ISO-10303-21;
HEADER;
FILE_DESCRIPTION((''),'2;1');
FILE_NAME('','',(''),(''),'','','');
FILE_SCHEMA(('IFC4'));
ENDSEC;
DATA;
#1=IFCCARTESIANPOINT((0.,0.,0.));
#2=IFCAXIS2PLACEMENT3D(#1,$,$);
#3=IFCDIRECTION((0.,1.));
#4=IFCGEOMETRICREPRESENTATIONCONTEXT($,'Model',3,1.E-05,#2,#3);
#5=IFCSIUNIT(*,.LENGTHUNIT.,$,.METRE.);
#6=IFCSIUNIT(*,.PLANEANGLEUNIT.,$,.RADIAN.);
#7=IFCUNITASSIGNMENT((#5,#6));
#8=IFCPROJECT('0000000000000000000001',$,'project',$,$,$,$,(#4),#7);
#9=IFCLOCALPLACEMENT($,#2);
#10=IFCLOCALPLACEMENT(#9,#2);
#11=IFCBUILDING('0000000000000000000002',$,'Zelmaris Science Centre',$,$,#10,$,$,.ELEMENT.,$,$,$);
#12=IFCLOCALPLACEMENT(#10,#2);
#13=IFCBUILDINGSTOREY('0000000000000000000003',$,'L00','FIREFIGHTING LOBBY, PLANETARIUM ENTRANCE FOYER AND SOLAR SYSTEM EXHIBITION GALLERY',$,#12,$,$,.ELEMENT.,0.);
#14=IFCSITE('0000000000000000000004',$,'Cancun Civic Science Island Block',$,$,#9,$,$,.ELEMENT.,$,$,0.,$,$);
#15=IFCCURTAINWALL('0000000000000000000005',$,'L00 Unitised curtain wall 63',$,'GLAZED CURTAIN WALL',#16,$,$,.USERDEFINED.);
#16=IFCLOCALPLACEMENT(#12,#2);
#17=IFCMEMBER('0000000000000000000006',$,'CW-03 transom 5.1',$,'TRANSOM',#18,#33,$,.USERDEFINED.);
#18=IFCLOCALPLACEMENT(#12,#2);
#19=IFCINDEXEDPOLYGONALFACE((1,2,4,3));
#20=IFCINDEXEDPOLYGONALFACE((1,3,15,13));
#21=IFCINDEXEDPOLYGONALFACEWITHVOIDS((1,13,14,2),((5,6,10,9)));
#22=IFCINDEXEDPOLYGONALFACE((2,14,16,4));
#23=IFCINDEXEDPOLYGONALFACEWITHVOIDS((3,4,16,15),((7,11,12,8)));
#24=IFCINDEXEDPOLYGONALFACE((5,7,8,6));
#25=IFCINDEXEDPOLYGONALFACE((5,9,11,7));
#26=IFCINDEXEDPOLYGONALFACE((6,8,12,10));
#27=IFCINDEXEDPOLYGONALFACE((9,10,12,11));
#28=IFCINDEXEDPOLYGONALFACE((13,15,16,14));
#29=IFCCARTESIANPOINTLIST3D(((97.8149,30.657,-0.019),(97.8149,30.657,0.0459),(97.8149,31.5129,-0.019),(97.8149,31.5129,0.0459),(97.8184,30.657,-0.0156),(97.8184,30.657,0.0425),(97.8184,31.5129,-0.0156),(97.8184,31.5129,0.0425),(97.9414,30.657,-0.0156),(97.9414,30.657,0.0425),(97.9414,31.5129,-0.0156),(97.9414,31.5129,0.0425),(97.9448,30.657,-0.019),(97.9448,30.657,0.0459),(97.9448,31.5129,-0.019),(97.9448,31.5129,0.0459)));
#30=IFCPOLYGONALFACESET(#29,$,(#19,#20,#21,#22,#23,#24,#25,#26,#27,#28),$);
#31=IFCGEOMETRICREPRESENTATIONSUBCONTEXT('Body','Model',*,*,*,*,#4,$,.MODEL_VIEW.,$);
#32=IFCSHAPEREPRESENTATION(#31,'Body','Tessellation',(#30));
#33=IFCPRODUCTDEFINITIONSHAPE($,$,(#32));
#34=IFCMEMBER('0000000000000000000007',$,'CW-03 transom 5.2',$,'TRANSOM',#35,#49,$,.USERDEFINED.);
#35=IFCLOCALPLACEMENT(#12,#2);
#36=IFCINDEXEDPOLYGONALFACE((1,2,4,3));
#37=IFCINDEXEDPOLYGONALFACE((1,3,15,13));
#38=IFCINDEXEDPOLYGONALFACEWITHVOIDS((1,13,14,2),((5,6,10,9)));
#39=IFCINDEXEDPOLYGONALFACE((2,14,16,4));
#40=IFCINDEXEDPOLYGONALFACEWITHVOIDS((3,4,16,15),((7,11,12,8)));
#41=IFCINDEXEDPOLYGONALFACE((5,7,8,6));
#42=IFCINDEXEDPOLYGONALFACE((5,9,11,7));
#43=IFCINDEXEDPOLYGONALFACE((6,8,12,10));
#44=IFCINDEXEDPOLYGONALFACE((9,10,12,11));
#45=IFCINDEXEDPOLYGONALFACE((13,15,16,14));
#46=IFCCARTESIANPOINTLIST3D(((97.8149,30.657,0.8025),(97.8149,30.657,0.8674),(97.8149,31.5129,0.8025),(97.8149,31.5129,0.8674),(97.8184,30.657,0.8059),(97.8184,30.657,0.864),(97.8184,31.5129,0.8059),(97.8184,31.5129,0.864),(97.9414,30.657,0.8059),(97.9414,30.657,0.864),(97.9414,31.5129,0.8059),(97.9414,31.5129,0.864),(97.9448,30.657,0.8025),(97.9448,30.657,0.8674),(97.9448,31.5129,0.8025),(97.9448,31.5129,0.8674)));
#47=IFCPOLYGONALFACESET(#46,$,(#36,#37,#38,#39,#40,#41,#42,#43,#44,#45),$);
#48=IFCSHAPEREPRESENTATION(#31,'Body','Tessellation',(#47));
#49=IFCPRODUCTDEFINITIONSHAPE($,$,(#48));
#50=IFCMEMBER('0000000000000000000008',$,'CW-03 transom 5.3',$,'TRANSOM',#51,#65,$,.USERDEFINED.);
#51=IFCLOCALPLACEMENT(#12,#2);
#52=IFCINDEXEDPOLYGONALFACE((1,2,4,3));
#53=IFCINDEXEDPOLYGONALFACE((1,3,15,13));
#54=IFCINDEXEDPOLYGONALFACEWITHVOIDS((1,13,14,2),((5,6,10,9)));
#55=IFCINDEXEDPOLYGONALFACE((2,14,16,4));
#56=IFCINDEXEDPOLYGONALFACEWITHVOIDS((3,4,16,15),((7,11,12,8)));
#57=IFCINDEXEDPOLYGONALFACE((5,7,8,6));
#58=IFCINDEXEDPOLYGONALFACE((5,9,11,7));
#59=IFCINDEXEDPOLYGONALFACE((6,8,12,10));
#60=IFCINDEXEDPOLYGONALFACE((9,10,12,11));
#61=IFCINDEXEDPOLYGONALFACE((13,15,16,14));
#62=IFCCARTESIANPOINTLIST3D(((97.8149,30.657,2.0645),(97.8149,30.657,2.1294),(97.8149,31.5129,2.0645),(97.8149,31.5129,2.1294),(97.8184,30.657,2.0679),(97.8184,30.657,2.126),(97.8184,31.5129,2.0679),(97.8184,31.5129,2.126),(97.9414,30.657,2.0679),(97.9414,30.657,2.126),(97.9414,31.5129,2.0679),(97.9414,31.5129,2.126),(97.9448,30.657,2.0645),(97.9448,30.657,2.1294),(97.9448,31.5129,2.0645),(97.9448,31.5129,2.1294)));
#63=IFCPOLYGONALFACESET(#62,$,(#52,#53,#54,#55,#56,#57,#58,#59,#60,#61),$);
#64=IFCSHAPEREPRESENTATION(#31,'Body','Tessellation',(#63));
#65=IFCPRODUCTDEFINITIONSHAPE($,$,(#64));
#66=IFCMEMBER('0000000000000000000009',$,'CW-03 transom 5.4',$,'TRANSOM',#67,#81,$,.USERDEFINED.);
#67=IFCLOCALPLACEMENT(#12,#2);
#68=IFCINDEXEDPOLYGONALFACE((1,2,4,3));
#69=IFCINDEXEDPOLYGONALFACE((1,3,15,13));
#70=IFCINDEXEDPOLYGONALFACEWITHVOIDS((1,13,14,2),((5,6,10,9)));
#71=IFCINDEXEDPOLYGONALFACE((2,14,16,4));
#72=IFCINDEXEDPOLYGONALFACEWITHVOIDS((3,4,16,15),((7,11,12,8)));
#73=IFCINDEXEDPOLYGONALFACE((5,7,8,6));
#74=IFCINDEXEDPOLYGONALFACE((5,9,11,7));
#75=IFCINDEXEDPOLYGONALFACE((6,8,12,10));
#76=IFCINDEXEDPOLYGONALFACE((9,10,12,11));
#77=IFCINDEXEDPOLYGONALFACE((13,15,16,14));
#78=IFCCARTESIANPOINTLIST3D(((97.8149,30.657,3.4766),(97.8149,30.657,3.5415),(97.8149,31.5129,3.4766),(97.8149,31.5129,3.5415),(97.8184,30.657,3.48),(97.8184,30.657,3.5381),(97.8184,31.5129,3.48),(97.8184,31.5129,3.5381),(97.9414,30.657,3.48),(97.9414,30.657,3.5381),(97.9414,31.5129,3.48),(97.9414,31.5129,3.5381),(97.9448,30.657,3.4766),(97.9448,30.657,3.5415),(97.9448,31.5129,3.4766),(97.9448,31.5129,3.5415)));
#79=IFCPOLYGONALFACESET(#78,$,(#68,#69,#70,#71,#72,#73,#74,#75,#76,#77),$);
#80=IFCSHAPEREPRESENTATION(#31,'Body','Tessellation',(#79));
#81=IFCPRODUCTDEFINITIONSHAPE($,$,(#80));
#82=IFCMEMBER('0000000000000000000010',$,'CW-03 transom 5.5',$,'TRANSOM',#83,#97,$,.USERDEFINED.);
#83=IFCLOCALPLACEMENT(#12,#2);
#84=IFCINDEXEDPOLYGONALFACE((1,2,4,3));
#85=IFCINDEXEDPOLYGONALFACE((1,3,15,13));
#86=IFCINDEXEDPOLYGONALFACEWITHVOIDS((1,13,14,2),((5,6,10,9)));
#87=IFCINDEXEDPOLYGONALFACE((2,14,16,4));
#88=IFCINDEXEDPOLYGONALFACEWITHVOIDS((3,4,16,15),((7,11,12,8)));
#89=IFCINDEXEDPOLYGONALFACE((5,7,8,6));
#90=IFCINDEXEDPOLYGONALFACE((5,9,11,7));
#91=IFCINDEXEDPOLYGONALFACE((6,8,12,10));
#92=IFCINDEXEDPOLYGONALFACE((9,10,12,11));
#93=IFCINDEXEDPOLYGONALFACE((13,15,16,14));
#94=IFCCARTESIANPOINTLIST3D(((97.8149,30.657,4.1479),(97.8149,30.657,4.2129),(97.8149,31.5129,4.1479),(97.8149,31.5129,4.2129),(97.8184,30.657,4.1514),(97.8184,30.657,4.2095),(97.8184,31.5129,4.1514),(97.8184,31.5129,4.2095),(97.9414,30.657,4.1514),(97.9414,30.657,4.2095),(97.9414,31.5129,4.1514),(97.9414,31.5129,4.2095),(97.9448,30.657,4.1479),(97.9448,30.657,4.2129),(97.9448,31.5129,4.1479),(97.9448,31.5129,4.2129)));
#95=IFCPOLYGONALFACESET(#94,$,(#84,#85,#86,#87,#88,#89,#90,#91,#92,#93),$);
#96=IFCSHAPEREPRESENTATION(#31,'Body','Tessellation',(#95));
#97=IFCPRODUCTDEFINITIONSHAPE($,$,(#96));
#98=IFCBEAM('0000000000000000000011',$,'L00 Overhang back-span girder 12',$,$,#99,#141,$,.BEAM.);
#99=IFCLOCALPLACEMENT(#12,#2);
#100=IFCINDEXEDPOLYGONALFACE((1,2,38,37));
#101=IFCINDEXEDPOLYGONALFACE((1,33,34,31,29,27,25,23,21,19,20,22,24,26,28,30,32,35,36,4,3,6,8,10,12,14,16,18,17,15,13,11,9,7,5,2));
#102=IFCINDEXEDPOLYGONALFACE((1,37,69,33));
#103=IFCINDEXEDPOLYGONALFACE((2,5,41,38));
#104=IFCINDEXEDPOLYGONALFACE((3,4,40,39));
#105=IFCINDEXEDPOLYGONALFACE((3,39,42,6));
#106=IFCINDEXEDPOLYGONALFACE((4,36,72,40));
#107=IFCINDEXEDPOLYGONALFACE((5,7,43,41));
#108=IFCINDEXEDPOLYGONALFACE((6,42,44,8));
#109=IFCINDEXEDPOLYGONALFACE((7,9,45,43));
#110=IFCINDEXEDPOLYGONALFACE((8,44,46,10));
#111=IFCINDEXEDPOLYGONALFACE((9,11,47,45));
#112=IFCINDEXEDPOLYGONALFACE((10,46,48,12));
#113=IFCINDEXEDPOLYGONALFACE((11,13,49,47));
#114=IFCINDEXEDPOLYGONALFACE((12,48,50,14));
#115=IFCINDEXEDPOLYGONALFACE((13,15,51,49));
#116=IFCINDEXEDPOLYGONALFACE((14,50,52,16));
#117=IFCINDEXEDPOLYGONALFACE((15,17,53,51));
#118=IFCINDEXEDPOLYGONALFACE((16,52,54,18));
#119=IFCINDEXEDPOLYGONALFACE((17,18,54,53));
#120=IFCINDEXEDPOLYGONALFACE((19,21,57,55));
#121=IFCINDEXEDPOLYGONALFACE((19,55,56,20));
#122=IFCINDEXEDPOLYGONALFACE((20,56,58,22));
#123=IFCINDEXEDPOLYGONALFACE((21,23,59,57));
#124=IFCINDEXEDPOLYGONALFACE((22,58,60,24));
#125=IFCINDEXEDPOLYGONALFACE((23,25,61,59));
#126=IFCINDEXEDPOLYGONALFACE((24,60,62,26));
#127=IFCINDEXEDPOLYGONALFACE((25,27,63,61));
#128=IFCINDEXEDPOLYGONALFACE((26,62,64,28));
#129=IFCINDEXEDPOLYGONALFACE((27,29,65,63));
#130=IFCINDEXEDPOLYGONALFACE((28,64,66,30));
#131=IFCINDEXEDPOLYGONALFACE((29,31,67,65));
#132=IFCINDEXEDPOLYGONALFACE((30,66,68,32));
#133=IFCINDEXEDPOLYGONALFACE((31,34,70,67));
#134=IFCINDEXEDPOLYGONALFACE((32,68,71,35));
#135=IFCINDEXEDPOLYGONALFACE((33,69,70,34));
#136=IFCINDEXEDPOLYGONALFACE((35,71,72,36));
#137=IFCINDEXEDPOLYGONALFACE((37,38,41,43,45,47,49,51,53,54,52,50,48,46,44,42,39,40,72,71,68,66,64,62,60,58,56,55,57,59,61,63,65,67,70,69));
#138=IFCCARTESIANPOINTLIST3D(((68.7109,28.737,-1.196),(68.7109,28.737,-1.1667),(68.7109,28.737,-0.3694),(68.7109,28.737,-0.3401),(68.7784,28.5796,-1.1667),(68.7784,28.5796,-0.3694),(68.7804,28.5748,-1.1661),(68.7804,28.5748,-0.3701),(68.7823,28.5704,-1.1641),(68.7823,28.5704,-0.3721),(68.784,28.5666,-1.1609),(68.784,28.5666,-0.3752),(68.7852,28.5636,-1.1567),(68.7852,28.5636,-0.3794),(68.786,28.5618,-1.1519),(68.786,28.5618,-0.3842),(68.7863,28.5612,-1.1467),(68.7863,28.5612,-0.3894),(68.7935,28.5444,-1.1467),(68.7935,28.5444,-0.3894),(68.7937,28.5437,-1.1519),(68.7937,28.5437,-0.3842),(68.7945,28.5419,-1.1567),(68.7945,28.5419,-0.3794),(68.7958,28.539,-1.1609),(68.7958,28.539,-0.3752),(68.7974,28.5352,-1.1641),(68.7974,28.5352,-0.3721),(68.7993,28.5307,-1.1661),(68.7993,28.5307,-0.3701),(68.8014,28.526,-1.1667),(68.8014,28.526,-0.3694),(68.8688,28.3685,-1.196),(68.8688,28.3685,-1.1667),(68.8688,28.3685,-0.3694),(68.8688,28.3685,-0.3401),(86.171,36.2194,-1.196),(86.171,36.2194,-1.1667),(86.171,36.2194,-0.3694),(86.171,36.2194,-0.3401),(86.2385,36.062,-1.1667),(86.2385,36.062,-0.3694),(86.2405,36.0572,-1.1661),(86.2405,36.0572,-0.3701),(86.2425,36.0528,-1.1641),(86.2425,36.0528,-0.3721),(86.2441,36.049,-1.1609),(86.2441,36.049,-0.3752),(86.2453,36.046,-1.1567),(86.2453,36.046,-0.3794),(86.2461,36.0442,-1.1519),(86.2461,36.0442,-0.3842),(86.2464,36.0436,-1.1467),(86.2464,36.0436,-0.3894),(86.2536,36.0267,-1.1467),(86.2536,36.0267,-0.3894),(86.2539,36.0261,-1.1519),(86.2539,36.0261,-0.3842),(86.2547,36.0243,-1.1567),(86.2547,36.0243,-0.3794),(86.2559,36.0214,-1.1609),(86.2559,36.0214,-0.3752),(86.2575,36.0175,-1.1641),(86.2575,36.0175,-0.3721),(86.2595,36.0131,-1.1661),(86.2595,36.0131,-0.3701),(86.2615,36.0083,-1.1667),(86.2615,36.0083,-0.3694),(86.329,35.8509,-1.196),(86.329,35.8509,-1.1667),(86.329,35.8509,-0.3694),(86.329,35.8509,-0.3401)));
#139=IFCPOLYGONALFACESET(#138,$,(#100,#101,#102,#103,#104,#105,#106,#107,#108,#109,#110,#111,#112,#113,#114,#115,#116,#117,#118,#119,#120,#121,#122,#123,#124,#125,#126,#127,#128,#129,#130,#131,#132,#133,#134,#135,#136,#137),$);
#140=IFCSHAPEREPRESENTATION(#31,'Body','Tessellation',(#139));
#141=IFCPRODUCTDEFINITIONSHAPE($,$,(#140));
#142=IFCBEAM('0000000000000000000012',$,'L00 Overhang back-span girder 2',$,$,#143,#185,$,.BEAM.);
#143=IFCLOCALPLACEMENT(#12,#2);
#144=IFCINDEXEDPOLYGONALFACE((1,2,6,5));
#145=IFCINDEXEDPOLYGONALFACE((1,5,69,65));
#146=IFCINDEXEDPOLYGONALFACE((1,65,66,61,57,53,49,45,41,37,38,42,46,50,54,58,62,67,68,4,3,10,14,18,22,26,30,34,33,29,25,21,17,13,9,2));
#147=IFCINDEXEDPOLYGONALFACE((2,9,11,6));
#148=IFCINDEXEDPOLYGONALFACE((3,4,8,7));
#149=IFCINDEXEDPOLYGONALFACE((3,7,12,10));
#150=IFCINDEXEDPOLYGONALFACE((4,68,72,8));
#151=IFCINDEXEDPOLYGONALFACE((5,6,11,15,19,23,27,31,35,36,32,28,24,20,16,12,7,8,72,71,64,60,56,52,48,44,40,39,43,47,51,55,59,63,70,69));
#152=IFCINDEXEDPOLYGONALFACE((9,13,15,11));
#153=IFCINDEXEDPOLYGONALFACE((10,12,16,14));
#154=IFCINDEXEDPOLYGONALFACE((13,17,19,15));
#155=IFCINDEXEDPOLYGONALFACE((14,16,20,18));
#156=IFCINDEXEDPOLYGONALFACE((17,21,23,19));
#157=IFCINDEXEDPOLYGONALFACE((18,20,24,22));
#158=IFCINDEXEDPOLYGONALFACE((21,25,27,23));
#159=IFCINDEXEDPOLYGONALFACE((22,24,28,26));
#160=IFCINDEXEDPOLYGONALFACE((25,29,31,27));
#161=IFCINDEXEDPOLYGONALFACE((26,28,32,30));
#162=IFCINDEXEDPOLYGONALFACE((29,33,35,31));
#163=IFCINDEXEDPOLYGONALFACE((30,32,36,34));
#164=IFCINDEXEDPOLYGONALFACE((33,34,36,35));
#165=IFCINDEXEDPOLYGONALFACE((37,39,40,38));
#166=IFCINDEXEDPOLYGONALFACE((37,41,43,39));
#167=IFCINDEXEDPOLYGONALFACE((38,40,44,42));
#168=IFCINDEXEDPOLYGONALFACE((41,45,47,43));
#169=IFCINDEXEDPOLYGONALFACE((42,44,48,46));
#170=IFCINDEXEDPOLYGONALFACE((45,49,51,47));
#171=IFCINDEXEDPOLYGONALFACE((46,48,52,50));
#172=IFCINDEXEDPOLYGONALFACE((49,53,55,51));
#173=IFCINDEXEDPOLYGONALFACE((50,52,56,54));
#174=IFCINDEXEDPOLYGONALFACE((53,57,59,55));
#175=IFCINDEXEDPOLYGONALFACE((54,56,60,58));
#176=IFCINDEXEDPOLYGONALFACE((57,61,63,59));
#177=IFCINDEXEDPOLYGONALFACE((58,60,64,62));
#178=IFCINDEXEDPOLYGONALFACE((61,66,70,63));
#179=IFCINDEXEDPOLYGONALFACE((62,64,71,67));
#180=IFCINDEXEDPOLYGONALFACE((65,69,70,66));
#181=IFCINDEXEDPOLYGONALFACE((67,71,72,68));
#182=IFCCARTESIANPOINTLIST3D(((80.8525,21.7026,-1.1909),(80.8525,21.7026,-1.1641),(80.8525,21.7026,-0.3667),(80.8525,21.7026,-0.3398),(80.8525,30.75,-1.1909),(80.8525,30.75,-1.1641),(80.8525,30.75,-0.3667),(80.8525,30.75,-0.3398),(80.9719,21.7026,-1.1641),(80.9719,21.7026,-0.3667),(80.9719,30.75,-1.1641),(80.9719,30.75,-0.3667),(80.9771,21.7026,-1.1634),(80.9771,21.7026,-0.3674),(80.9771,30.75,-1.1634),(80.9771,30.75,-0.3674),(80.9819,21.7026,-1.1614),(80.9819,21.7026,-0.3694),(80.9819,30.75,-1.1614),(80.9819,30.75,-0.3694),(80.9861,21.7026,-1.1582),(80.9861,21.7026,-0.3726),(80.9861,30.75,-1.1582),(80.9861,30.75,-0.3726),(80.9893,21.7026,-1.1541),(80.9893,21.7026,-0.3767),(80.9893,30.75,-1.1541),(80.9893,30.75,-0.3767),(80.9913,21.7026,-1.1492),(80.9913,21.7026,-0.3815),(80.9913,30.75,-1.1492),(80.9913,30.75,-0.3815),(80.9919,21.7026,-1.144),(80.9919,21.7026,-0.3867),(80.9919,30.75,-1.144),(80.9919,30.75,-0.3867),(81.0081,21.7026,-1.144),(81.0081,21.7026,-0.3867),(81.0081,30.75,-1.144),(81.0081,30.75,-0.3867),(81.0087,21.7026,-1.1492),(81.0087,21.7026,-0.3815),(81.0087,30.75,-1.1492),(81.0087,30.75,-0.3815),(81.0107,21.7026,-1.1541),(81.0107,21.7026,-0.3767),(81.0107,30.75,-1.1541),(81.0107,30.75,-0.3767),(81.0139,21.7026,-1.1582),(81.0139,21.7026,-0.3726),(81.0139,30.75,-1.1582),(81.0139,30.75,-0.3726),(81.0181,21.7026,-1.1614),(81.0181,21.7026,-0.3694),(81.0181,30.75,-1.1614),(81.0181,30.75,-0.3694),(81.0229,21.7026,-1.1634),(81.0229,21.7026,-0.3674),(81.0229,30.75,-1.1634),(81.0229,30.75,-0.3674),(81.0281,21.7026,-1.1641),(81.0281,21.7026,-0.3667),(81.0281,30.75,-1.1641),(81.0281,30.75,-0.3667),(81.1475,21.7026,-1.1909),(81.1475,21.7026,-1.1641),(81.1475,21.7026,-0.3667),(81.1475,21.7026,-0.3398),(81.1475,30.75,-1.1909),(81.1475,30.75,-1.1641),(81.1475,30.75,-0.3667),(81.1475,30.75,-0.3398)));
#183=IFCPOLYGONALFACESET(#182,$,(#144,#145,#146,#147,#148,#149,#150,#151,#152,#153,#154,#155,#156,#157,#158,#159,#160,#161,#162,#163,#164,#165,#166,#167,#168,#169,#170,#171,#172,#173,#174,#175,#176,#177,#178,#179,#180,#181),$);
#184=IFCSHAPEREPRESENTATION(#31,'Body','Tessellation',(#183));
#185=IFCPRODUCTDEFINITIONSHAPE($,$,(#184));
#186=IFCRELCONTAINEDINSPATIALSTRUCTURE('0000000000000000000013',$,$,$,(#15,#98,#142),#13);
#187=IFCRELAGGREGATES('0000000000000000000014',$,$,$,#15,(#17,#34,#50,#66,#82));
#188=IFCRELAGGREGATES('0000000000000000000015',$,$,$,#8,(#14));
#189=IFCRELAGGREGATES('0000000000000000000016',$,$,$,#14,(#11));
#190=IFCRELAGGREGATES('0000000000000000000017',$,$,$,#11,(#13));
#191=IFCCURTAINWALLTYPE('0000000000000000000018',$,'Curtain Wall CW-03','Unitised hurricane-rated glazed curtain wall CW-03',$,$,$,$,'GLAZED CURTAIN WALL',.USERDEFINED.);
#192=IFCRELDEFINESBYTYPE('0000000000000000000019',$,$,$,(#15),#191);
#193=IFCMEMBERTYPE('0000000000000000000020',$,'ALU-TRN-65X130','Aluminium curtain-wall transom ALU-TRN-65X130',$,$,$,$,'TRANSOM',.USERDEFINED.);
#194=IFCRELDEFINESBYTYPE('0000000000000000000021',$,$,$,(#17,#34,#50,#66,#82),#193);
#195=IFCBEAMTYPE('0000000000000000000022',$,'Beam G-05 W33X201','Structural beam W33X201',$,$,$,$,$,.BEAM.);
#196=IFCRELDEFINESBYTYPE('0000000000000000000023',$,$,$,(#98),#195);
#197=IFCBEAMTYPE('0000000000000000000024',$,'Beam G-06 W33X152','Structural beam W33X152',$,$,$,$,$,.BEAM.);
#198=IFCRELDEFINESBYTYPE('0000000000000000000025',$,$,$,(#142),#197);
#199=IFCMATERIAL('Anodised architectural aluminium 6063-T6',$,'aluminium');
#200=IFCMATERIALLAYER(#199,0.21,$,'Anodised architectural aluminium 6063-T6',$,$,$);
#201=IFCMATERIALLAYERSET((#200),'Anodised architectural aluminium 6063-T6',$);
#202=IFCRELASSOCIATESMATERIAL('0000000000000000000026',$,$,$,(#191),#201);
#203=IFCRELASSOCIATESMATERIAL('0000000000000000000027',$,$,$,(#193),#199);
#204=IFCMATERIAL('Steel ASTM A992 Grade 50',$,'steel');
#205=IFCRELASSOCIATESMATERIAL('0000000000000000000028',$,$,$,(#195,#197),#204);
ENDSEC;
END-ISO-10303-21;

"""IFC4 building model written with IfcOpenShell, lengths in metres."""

from ifc_helpers import new_model, si_unit, direction, frame, origin, origin_2d, place, context, subcontext, project, spatial, hollow_rectangle, i_section, extrude, material, layer, layer_set, material_profile, profile_set, type_object, element, aggregate, save


model = new_model("IFC4")

# Units and contexts
model_context = context("Model", 3, precision=1e-05, world=origin(), true_north=direction((0.0, 1.0)))
body_context = subcontext(model_context, "Body", "Model", "MODEL_VIEW")
ifc_project = project(units=[si_unit("LENGTHUNIT", "METRE"), si_unit("PLANEANGLEUNIT", "RADIAN")], contexts=[model_context])

# Site, building, storey
site_placement = place(None, origin())
site = spatial("IfcSite", under=ifc_project, at=site_placement, Name="Cancun Civic Science Island Block", CompositionType="ELEMENT", RefElevation=0.0)
building_placement = place(site_placement, origin())
building = spatial("IfcBuilding", under=site, at=building_placement, Name="Zelmaris Science Centre", CompositionType="ELEMENT")
storey_placement = place(building_placement, origin())
storey = spatial("IfcBuildingStorey", under=building, at=storey_placement, Name="L00", Description="FIREFIGHTING LOBBY, PLANETARIUM ENTRANCE FOYER AND SOLAR SYSTEM EXHIBITION GALLERY", CompositionType="ELEMENT", Elevation=0.0)

# Shared definitions
ifc_material_1 = material(Name="Steel ASTM A992 Grade 50", Category="steel")

# Curtain wall, members
ifc_material_2 = material(Name="Anodised architectural aluminium 6063-T6", Category="aluminium")
ifc_layer_1 = layer(ifc_material_2, 0.21, Name="Anodised architectural aluminium 6063-T6")
ifc_layer_set_1 = layer_set([ifc_layer_1], Name="Anodised architectural aluminium 6063-T6")
curtain_wall_type = type_object("IfcCurtainWallType", Name="Curtain Wall CW-03", Description="Unitised hurricane-rated glazed curtain wall CW-03", ElementType="GLAZED CURTAIN WALL", PredefinedType="USERDEFINED", material=ifc_layer_set_1)
curtain_wall_placement = place(storey_placement, origin())
curtain_wall = element("IfcCurtainWall", 1, at=curtain_wall_placement, inside=storey, type_object=curtain_wall_type, Name="L00 Unitised curtain wall 63", ObjectType="GLAZED CURTAIN WALL", PredefinedType="USERDEFINED")
ifc_material_profile_1 = material_profile(ifc_material_2, hollow_rectangle(XDim=0.0649, YDim=0.1299, WallThickness=0.0034, at=origin_2d()), Name="ALU-TRN-65X130")
ifc_profile_set_1 = profile_set([ifc_material_profile_1], Name="Anodised architectural aluminium 6063-T6")
member_type_1 = type_object("IfcMemberType", Name="ALU-TRN-65X130", Description="Aluminium curtain-wall transom ALU-TRN-65X130", ElementType="TRANSOM", PredefinedType="USERDEFINED", material=ifc_profile_set_1)
member_1_placement = place(storey_placement, frame((97.8799, 31.5129, 0.0134), z_axis=(0.0, -1.0, 0.0), x_axis=(0.0, 0.0, 1.0)))
member_1 = element("IfcMember", 2, at=member_1_placement, type_object=member_type_1, Name="CW-03 transom 5.1", ObjectType="TRANSOM", PredefinedType="USERDEFINED", context=body_context, shape_type="SweptSolid", body=[
    extrude(hollow_rectangle(XDim=0.0649, YDim=0.1299, WallThickness=0.0034, at=origin_2d()), origin(), (0.0, 0.0, 1.0), 0.856),
])
member_2_placement = place(storey_placement, frame((97.8799, 31.5129, 0.835), z_axis=(0.0, -1.0, 0.0), x_axis=(0.0, 0.0, 1.0)))
member_2 = element("IfcMember", 3, at=member_2_placement, type_object=member_type_1, Name="CW-03 transom 5.2", ObjectType="TRANSOM", PredefinedType="USERDEFINED", context=body_context, shape_type="SweptSolid", body=[
    extrude(hollow_rectangle(XDim=0.0649, YDim=0.1299, WallThickness=0.0034, at=origin_2d()), origin(), (0.0, 0.0, 1.0), 0.856),
])
member_3_placement = place(storey_placement, frame((97.8799, 31.5129, 2.0969), z_axis=(0.0, -1.0, 0.0), x_axis=(0.0, 0.0, 1.0)))
member_3 = element("IfcMember", 4, at=member_3_placement, type_object=member_type_1, Name="CW-03 transom 5.3", ObjectType="TRANSOM", PredefinedType="USERDEFINED", context=body_context, shape_type="SweptSolid", body=[
    extrude(hollow_rectangle(XDim=0.0649, YDim=0.1299, WallThickness=0.0034, at=origin_2d()), origin(), (0.0, 0.0, 1.0), 0.856),
])
member_4_placement = place(storey_placement, frame((97.8799, 31.5129, 3.509), z_axis=(0.0, -1.0, 0.0), x_axis=(0.0, 0.0, 1.0)))
member_4 = element("IfcMember", 5, at=member_4_placement, type_object=member_type_1, Name="CW-03 transom 5.4", ObjectType="TRANSOM", PredefinedType="USERDEFINED", context=body_context, shape_type="SweptSolid", body=[
    extrude(hollow_rectangle(XDim=0.0649, YDim=0.1299, WallThickness=0.0034, at=origin_2d()), origin(), (0.0, 0.0, 1.0), 0.856),
])
member_5_placement = place(storey_placement, frame((97.8799, 31.5129, 4.1804), z_axis=(0.0, -1.0, 0.0), x_axis=(0.0, 0.0, 1.0)))
member_5 = element("IfcMember", 6, at=member_5_placement, type_object=member_type_1, Name="CW-03 transom 5.5", ObjectType="TRANSOM", PredefinedType="USERDEFINED", context=body_context, shape_type="SweptSolid", body=[
    extrude(hollow_rectangle(XDim=0.0649, YDim=0.1299, WallThickness=0.0034, at=origin_2d()), origin(), (0.0, 0.0, 1.0), 0.856),
])

# Beams
ifc_material_profile_2 = material_profile(ifc_material_1, i_section(OverallWidth=0.4009, OverallDepth=0.856, WebThickness=0.0183, FlangeThickness=0.0293, FilletRadius=0.02, at=origin_2d()), Name="W33X201")
ifc_profile_set_2 = profile_set([ifc_material_profile_2], Name="Steel ASTM A992 Grade 50")
beam_type_1 = type_object("IfcBeamType", Name="Beam G-05 W33X201", Description="Structural beam W33X201", PredefinedType="BEAM", material=ifc_profile_set_2)
beam_1_placement = place(storey_placement, frame((86.25, 36.0352, -0.7681), z_axis=(-0.919155, -0.393896, 0.0), x_axis=(0.393896, -0.919155, 0.0)))
element("IfcBeam", 7, at=beam_1_placement, inside=storey, type_object=beam_type_1, Name="L00 Overhang back-span girder 12", PredefinedType="BEAM", context=body_context, shape_type="SweptSolid", body=[
    extrude(i_section(OverallWidth=0.4009, OverallDepth=0.856, WebThickness=0.0183, FlangeThickness=0.0293, FilletRadius=0.02, at=origin_2d()), origin(), (0.0, 0.0, 1.0), 18.9958),
])
ifc_material_profile_3 = material_profile(ifc_material_1, i_section(OverallWidth=0.2949, OverallDepth=0.8511, WebThickness=0.0161, FlangeThickness=0.0269, FilletRadius=0.02, at=origin_2d()), Name="W33X152")
ifc_profile_set_3 = profile_set([ifc_material_profile_3], Name="Steel ASTM A992 Grade 50")
beam_type_2 = type_object("IfcBeamType", Name="Beam G-06 W33X152", Description="Structural beam W33X152", PredefinedType="BEAM", material=ifc_profile_set_3)
beam_2_placement = place(storey_placement, frame((81.0, 30.75, -0.7654), z_axis=(0.0, -1.0, 0.0), x_axis=(1.0, 0.0, 0.0)))
element("IfcBeam", 8, at=beam_2_placement, inside=storey, type_object=beam_type_2, Name="L00 Overhang back-span girder 2", PredefinedType="BEAM", context=body_context, shape_type="SweptSolid", body=[
    extrude(i_section(OverallWidth=0.2949, OverallDepth=0.8511, WebThickness=0.0161, FlangeThickness=0.0269, FilletRadius=0.02, at=origin_2d()), origin(), (0.0, 0.0, 1.0), 9.0474),
])

aggregate(curtain_wall, [member_1, member_2, member_3, member_4, member_5])

save(model, "model.ifc")
